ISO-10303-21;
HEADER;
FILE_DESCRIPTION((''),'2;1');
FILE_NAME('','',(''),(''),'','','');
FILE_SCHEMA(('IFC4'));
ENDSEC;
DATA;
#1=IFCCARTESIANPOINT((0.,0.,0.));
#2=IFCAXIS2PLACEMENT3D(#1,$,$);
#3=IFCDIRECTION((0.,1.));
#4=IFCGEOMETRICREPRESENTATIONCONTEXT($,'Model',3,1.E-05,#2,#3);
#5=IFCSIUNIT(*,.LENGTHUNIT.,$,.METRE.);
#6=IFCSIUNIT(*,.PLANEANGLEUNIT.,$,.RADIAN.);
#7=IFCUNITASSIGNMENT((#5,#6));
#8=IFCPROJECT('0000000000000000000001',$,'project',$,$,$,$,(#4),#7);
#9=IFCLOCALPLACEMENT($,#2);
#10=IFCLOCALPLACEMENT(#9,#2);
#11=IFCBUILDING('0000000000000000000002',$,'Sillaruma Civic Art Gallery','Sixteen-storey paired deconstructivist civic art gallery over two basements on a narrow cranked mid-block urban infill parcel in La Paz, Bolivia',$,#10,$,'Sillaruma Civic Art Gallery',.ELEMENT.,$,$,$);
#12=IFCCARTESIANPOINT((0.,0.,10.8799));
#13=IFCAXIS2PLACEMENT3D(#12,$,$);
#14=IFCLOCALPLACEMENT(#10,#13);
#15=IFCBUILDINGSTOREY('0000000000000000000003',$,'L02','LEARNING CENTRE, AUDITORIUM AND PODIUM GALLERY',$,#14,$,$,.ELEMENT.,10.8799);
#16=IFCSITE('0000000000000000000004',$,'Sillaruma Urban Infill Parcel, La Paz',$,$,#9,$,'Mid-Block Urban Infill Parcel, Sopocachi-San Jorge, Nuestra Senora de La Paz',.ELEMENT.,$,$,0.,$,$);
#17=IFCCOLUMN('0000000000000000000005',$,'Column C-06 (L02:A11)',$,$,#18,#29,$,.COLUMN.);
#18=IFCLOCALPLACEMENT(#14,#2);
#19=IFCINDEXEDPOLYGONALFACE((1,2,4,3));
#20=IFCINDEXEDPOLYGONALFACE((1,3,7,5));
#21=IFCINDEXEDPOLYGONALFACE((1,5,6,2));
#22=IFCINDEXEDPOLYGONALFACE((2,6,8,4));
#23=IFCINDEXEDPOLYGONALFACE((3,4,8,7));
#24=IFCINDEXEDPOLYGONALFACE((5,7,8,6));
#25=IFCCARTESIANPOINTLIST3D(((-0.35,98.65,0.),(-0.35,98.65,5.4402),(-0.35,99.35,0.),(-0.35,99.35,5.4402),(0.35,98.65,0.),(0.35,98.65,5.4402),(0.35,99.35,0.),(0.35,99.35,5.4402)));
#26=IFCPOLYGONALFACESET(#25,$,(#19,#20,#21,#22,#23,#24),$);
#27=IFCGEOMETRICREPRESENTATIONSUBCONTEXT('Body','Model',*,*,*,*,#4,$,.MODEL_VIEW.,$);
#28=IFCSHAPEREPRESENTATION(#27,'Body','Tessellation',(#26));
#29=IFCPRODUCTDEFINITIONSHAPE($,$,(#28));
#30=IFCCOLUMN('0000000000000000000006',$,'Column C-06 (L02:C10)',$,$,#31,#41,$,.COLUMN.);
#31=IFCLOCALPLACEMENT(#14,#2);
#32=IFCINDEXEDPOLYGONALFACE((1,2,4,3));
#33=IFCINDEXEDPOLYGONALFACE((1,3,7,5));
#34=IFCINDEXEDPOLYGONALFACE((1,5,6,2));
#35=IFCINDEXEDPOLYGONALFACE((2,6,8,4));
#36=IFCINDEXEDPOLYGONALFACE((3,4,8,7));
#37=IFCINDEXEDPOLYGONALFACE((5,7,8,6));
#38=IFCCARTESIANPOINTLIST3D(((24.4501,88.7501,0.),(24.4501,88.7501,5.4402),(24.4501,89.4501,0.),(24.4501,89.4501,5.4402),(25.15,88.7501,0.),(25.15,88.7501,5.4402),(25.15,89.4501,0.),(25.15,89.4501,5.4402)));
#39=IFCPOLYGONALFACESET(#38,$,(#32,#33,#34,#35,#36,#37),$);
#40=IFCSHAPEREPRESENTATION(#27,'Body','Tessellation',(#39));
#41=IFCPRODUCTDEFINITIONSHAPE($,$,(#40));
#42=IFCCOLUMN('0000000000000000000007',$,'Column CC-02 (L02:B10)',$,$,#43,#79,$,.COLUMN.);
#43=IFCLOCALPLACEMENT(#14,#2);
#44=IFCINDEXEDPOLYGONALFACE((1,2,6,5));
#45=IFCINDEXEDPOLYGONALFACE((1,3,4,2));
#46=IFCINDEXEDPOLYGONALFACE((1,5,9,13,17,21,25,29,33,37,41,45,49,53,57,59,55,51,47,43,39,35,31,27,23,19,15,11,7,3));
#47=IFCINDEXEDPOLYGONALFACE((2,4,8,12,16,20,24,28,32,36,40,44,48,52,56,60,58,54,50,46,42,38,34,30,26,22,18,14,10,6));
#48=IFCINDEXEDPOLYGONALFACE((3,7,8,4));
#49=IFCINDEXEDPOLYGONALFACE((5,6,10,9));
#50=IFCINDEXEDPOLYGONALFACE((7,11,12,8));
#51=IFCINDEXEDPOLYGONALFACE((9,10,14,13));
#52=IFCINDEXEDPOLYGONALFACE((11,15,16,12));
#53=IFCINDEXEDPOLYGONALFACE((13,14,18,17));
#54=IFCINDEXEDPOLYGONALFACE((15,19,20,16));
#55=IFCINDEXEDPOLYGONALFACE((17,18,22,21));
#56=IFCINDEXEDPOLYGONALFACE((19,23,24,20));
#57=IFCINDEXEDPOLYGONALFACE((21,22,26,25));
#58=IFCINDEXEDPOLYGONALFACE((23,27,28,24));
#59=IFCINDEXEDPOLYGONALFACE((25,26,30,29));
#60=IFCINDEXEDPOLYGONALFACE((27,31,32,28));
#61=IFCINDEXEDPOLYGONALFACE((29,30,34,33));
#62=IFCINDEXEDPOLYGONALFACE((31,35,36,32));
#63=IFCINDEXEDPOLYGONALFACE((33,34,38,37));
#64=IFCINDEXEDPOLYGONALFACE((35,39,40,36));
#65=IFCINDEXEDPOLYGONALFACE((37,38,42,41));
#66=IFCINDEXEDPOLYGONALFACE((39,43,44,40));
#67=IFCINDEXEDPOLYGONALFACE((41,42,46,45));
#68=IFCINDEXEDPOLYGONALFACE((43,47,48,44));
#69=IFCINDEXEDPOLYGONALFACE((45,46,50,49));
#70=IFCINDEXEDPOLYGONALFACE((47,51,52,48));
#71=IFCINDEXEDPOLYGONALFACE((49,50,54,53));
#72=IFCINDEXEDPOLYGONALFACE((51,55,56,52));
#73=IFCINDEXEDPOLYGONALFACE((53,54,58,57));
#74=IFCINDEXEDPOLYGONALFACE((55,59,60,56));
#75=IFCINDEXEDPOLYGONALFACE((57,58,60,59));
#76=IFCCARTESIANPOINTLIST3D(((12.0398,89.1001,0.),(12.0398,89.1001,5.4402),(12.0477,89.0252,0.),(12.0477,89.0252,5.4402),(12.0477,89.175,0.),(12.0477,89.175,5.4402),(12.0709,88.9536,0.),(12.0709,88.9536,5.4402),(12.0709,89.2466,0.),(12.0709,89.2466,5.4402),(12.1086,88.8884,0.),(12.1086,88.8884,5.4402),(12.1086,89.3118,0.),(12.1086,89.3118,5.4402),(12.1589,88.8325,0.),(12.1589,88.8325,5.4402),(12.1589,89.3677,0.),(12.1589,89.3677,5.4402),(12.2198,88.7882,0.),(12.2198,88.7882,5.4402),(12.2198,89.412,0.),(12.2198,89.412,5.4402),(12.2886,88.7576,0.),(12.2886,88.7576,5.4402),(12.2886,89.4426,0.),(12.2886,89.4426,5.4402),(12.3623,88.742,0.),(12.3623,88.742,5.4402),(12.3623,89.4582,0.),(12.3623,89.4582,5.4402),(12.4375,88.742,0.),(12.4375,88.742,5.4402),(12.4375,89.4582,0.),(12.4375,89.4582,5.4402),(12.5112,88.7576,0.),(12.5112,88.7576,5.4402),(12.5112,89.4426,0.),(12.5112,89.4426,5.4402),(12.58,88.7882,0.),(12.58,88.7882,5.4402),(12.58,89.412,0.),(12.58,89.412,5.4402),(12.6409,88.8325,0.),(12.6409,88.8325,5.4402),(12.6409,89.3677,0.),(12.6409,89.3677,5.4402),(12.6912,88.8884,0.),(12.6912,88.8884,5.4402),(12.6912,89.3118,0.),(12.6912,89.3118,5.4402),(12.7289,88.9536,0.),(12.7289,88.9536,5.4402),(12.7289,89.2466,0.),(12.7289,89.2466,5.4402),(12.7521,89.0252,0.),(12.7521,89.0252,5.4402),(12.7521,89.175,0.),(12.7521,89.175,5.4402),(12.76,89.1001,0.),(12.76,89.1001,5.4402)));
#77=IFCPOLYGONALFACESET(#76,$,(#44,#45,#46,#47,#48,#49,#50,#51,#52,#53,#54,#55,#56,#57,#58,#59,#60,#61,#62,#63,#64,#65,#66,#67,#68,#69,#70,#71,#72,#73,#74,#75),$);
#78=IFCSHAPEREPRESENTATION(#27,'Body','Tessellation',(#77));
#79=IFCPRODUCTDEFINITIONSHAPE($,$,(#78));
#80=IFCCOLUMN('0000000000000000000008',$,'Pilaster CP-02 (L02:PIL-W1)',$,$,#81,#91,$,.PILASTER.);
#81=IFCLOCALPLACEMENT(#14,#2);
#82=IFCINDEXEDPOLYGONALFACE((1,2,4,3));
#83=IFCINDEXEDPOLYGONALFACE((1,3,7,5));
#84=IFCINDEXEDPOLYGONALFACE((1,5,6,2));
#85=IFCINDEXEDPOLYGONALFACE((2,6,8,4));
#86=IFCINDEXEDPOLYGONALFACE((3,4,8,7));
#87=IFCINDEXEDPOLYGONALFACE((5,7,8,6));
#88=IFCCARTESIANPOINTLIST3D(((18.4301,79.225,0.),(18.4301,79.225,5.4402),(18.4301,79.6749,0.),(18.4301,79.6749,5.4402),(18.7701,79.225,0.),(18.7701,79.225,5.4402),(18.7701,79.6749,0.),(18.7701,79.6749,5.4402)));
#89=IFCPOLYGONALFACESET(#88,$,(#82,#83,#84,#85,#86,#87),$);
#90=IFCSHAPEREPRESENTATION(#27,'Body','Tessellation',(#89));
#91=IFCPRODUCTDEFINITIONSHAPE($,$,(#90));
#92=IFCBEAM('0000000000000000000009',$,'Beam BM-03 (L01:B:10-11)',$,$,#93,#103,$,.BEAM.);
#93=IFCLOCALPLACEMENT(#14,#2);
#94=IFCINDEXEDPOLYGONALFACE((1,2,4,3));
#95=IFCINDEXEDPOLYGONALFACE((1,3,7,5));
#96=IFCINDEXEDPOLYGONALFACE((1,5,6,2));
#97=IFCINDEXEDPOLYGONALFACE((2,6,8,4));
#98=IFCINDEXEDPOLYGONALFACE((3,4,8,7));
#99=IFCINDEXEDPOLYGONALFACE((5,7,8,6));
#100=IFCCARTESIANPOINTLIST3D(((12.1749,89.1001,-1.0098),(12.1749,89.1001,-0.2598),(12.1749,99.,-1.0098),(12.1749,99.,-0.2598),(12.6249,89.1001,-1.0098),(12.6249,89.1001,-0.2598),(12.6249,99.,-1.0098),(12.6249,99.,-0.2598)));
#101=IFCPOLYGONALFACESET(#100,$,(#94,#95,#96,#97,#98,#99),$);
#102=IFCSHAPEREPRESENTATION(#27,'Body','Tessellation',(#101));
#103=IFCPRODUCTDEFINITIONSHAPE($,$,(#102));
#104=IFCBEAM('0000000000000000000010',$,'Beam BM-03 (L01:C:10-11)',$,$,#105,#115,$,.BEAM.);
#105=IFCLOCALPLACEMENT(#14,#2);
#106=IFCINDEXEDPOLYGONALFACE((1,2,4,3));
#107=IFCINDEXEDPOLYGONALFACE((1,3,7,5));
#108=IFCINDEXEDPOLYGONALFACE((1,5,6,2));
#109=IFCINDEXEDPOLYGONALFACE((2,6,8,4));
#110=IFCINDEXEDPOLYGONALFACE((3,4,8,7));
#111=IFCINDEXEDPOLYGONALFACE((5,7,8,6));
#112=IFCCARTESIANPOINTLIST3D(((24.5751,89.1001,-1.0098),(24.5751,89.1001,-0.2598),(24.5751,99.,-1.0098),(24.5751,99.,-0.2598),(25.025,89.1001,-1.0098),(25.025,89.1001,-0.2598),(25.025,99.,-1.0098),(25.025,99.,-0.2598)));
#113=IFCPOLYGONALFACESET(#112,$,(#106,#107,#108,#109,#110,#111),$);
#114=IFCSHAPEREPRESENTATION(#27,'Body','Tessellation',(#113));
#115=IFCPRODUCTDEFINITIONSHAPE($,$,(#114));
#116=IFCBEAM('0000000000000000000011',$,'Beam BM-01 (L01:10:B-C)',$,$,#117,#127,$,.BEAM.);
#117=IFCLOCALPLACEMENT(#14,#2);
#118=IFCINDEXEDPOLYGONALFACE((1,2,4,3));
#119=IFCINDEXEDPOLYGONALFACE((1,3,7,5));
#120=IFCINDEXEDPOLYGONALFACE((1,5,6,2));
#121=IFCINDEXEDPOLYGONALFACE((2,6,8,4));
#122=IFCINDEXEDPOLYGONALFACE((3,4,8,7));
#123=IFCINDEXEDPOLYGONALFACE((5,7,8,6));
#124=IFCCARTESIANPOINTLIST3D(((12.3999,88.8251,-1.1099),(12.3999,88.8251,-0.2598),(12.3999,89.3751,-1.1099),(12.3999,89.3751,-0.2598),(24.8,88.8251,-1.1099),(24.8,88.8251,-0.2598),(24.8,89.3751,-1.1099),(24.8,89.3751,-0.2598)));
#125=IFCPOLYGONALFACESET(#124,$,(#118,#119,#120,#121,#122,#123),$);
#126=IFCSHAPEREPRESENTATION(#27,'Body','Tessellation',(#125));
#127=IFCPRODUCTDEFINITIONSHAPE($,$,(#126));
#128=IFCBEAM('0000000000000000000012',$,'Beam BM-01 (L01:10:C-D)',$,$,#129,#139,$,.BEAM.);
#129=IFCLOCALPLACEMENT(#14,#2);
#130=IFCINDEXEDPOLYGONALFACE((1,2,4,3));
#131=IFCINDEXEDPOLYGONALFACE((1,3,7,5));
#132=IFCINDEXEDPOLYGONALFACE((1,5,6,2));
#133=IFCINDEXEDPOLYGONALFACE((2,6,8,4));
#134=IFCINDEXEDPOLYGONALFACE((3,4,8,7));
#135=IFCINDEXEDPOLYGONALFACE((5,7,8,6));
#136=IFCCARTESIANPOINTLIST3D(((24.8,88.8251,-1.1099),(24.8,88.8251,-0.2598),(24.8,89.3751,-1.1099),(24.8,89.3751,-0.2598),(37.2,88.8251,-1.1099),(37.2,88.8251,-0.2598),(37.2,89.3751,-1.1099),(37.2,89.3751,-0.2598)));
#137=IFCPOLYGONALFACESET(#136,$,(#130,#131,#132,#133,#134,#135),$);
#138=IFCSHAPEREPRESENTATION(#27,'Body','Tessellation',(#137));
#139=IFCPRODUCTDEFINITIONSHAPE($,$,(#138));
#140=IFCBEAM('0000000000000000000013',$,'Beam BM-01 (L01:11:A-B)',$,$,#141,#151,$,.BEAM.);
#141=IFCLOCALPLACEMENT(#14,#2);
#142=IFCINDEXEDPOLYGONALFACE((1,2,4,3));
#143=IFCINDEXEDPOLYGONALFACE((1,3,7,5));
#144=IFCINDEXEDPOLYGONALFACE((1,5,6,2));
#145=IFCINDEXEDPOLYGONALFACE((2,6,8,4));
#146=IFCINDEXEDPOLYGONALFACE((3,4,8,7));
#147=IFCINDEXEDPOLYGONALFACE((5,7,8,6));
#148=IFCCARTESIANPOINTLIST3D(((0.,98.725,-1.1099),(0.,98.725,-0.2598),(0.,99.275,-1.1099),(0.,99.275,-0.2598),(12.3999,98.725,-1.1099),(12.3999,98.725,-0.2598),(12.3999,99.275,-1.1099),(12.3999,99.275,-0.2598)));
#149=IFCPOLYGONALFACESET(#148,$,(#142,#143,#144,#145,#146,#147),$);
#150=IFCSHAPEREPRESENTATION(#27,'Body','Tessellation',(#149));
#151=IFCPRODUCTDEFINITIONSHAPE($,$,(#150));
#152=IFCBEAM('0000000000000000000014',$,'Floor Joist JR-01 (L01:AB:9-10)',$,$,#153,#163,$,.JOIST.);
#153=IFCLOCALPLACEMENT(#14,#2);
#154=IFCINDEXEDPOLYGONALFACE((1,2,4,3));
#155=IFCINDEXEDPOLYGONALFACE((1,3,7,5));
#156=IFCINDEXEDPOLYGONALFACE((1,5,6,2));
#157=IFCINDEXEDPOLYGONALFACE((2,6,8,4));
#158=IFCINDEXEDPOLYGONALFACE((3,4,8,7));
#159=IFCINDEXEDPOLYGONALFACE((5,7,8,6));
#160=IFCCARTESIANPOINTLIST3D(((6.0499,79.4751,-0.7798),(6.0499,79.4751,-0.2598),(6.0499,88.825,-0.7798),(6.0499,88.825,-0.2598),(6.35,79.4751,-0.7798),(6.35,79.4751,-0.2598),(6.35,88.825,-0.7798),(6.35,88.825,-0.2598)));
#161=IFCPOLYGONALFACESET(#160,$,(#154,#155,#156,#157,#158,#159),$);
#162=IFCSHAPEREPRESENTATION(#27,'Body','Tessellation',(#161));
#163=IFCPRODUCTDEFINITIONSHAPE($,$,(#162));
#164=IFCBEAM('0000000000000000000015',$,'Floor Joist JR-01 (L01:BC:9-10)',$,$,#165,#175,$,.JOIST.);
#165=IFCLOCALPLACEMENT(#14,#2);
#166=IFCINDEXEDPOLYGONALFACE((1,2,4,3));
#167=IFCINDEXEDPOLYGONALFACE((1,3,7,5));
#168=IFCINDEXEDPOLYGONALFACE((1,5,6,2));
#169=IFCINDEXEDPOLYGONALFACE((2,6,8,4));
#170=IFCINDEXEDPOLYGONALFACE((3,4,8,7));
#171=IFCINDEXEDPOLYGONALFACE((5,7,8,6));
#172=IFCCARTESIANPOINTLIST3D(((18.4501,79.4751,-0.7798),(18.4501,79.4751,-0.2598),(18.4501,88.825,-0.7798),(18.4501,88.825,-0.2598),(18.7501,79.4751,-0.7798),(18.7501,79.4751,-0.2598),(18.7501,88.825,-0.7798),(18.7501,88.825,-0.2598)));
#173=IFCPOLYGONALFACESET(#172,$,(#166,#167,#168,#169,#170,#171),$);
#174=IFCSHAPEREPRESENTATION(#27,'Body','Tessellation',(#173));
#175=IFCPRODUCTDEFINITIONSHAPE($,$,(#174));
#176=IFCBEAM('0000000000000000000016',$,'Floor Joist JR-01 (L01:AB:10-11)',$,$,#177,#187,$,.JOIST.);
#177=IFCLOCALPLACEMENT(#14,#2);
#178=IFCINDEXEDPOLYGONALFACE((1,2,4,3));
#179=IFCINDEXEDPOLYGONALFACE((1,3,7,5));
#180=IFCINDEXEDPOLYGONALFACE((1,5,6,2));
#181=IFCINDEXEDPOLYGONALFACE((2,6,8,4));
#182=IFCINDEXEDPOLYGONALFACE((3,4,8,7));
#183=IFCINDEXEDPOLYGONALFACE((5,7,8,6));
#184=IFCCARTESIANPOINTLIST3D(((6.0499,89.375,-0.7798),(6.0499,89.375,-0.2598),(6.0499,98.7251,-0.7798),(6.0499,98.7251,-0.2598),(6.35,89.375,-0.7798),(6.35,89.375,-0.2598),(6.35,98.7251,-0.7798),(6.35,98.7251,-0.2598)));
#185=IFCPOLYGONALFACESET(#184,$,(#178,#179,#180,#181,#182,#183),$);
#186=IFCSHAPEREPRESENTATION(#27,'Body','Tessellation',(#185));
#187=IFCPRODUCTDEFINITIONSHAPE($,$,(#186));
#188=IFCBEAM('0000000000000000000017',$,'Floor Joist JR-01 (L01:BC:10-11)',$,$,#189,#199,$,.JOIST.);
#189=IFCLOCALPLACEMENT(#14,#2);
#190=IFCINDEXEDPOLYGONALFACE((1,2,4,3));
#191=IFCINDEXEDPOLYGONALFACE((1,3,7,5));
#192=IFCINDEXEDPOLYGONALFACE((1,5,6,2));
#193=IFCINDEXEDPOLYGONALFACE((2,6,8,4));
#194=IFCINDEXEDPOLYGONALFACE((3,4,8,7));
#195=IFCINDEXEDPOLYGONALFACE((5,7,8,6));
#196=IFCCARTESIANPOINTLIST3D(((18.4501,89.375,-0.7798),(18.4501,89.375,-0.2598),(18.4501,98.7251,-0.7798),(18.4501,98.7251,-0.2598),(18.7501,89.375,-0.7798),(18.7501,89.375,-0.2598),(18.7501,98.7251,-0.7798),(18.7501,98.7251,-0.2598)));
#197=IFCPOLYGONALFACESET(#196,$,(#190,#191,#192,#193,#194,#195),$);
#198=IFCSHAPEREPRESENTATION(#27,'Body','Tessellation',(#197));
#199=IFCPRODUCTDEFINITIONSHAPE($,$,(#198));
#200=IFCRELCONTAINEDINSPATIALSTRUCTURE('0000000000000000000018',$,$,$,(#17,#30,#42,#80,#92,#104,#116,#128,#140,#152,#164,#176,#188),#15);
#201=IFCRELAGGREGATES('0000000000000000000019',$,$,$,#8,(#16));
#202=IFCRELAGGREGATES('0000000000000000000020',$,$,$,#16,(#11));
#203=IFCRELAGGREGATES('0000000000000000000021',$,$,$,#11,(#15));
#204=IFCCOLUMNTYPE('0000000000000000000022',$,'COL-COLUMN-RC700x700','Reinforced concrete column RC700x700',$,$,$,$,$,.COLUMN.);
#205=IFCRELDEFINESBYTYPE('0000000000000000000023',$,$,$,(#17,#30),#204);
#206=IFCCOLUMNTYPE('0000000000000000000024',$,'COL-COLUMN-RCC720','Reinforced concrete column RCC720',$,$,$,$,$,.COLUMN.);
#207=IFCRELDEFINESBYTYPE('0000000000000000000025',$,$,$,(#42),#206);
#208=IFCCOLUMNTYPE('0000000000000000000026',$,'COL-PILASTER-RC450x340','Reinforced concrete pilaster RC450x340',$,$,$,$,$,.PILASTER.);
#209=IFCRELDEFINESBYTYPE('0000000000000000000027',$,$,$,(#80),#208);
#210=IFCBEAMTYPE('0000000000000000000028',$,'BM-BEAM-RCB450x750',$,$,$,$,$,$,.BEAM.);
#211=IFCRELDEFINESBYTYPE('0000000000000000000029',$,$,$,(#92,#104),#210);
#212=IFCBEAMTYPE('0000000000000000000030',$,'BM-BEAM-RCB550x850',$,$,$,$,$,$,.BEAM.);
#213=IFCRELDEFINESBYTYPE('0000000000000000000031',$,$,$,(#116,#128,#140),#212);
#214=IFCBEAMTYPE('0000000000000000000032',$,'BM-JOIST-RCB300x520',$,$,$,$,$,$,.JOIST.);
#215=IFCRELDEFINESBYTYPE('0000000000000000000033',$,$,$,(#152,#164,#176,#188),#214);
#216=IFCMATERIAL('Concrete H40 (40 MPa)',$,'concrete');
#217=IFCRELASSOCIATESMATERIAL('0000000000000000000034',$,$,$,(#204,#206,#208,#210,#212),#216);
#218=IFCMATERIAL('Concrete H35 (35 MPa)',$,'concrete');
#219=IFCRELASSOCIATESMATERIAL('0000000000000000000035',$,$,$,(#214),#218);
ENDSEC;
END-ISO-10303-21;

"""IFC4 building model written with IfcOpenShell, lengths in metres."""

from ifc_helpers import new_model, si_unit, direction, frame, origin, origin_2d, place, context, subcontext, project, spatial, rectangle, circle, extrude, material, material_profile, profile_set, type_object, element, save


model = new_model("IFC4")

# Units and contexts
model_context = context("Model", 3, precision=1e-05, world=origin(), true_north=direction((0.0, 1.0)))
body_context = subcontext(model_context, "Body", "Model", "MODEL_VIEW")
ifc_project = project(units=[si_unit("LENGTHUNIT", "METRE"), si_unit("PLANEANGLEUNIT", "RADIAN")], contexts=[model_context])

# Site, building, storey
site_placement = place(None, origin())
site = spatial("IfcSite", under=ifc_project, at=site_placement, Name="Sillaruma Urban Infill Parcel, La Paz", LongName="Mid-Block Urban Infill Parcel, Sopocachi-San Jorge, Nuestra Senora de La Paz", CompositionType="ELEMENT", RefElevation=0.0)
building_placement = place(site_placement, origin())
building = spatial("IfcBuilding", under=site, at=building_placement, Name="Sillaruma Civic Art Gallery", Description="Sixteen-storey paired deconstructivist civic art gallery over two basements on a narrow cranked mid-block urban infill parcel in La Paz, Bolivia", LongName="Sillaruma Civic Art Gallery", CompositionType="ELEMENT")
storey_placement = place(building_placement, frame((0.0, 0.0, 10.8799)))
storey = spatial("IfcBuildingStorey", under=building, at=storey_placement, Name="L02", Description="LEARNING CENTRE, AUDITORIUM AND PODIUM GALLERY", CompositionType="ELEMENT", Elevation=10.8799)

# Columns
ifc_material_1 = material(Name="Concrete H40 (40 MPa)", Category="concrete")
ifc_material_profile_1 = material_profile(ifc_material_1, rectangle(XDim=0.7, YDim=0.7, at=origin_2d()), Name="RC700x700")
ifc_profile_set_1 = profile_set([ifc_material_profile_1], Name="Concrete H40 (40 MPa)")
column_type_1 = type_object("IfcColumnType", Name="COL-COLUMN-RC700x700", Description="Reinforced concrete column RC700x700", PredefinedType="COLUMN", material=ifc_profile_set_1)
for number, where, z_axis, x_axis, name in (
    (1, (0.0, 99.0, 0.0), (0.0, 0.0, 1.0), (1.0, 0.0, 0.0), "Column C-06 (L02:A11)"),
    (2, (24.8, 89.1001, 0.0), (0.0, 0.0, 1.0), (1.0, 0.0, 0.0), "Column C-06 (L02:C10)"),
):
    element("IfcColumn", number, at=place(storey_placement, frame(where, z_axis=z_axis, x_axis=x_axis)), inside=storey, type_object=column_type_1, Name=name, PredefinedType="COLUMN", context=body_context, shape_type="SweptSolid", body=[
        extrude(rectangle(XDim=0.7, YDim=0.7, at=origin_2d()), origin(), (0.0, 0.0, 1.0), 5.4402),
    ])
ifc_material_profile_2 = material_profile(ifc_material_1, circle(Radius=0.3601, at=origin_2d()), Name="RCC720")
ifc_profile_set_2 = profile_set([ifc_material_profile_2], Name="Concrete H40 (40 MPa)")
column_type_2 = type_object("IfcColumnType", Name="COL-COLUMN-RCC720", Description="Reinforced concrete column RCC720", PredefinedType="COLUMN", material=ifc_profile_set_2)
column_1_placement = place(storey_placement, frame((12.3999, 89.1001, 0.0), z_axis=(0.0, 0.0, 1.0), x_axis=(1.0, 0.0, 0.0)))
element("IfcColumn", 3, at=column_1_placement, inside=storey, type_object=column_type_2, Name="Column CC-02 (L02:B10)", PredefinedType="COLUMN", context=body_context, shape_type="SweptSolid", body=[
    extrude(circle(Radius=0.3601, at=origin_2d()), origin(), (0.0, 0.0, 1.0), 5.4402),
])
ifc_material_profile_3 = material_profile(ifc_material_1, rectangle(XDim=0.3401, YDim=0.45, at=origin_2d()), Name="RC450x340")
ifc_profile_set_3 = profile_set([ifc_material_profile_3], Name="Concrete H40 (40 MPa)")
column_type_3 = type_object("IfcColumnType", Name="COL-PILASTER-RC450x340", Description="Reinforced concrete pilaster RC450x340", PredefinedType="PILASTER", material=ifc_profile_set_3)
column_2_placement = place(storey_placement, frame((18.6001, 79.45, 0.0), z_axis=(0.0, 0.0, 1.0), x_axis=(1.0, 0.0, 0.0)))
element("IfcColumn", 4, at=column_2_placement, inside=storey, type_object=column_type_3, Name="Pilaster CP-02 (L02:PIL-W1)", PredefinedType="PILASTER", context=body_context, shape_type="SweptSolid", body=[
    extrude(rectangle(XDim=0.3401, YDim=0.45, at=origin_2d()), origin(), (0.0, 0.0, 1.0), 5.4402),
])

# Beams
ifc_material_profile_4 = material_profile(ifc_material_1, rectangle(XDim=0.45, YDim=0.75, at=origin_2d()), Name="RCB450x750")
ifc_profile_set_4 = profile_set([ifc_material_profile_4], Name="Concrete H40 (40 MPa)")
beam_type_1 = type_object("IfcBeamType", Name="BM-BEAM-RCB450x750", PredefinedType="BEAM", material=ifc_profile_set_4)
for number, where, z_axis, x_axis, name in (
    (5, (12.3999, 89.1001, -0.6348), (0.0, 1.0, 0.0), (-1.0, 0.0, 0.0), "Beam BM-03 (L01:B:10-11)"),
    (6, (24.8, 89.1001, -0.6348), (0.0, 1.0, 0.0), (-1.0, 0.0, 0.0), "Beam BM-03 (L01:C:10-11)"),
):
    element("IfcBeam", number, at=place(storey_placement, frame(where, z_axis=z_axis, x_axis=x_axis)), inside=storey, type_object=beam_type_1, Name=name, PredefinedType="BEAM", context=body_context, shape_type="SweptSolid", body=[
        extrude(rectangle(XDim=0.45, YDim=0.75, at=origin_2d()), origin(), (0.0, 0.0, 1.0), 9.8999),
    ])
ifc_material_profile_5 = material_profile(ifc_material_1, rectangle(XDim=0.55, YDim=0.8501, at=origin_2d()), Name="RCB550x850")
ifc_profile_set_5 = profile_set([ifc_material_profile_5], Name="Concrete H40 (40 MPa)")
beam_type_2 = type_object("IfcBeamType", Name="BM-BEAM-RCB550x850", PredefinedType="BEAM", material=ifc_profile_set_5)
beam_1_placement = place(storey_placement, frame((12.3999, 89.1001, -0.6848), z_axis=(1.0, 0.0, 0.0), x_axis=(0.0, 1.0, 0.0)))
element("IfcBeam", 7, at=beam_1_placement, inside=storey, type_object=beam_type_2, Name="Beam BM-01 (L01:10:B-C)", PredefinedType="BEAM", context=body_context, shape_type="SweptSolid", body=[
    extrude(rectangle(XDim=0.55, YDim=0.8501, at=origin_2d()), origin(), (0.0, 0.0, 1.0), 12.4001),
])
for number, where, z_axis, x_axis, name in (
    (8, (24.8, 89.1001, -0.6848), (1.0, 0.0, 0.0), (0.0, 1.0, 0.0), "Beam BM-01 (L01:10:C-D)"),
    (9, (0.0, 99.0, -0.6848), (1.0, 0.0, 0.0), (0.0, 1.0, 0.0), "Beam BM-01 (L01:11:A-B)"),
):
    element("IfcBeam", number, at=place(storey_placement, frame(where, z_axis=z_axis, x_axis=x_axis)), inside=storey, type_object=beam_type_2, Name=name, PredefinedType="BEAM", context=body_context, shape_type="SweptSolid", body=[
        extrude(rectangle(XDim=0.55, YDim=0.8501, at=origin_2d()), origin(), (0.0, 0.0, 1.0), 12.3999),
    ])
ifc_material_2 = material(Name="Concrete H35 (35 MPa)", Category="concrete")
ifc_material_profile_6 = material_profile(ifc_material_2, rectangle(XDim=0.3, YDim=0.52, at=origin_2d()), Name="RCB300x520")
ifc_profile_set_6 = profile_set([ifc_material_profile_6], Name="Concrete H35 (35 MPa)")
beam_type_3 = type_object("IfcBeamType", Name="BM-JOIST-RCB300x520", PredefinedType="JOIST", material=ifc_profile_set_6)
for number, where, z_axis, x_axis, name in (
    (10, (6.2, 79.4751, -0.5198), (0.0, 1.0, 0.0), (-1.0, 0.0, 0.0), "Floor Joist JR-01 (L01:AB:9-10)"),
    (11, (18.6001, 79.4751, -0.5198), (0.0, 1.0, 0.0), (-1.0, 0.0, 0.0), "Floor Joist JR-01 (L01:BC:9-10)"),
):
    element("IfcBeam", number, at=place(storey_placement, frame(where, z_axis=z_axis, x_axis=x_axis)), inside=storey, type_object=beam_type_3, Name=name, PredefinedType="JOIST", context=body_context, shape_type="SweptSolid", body=[
        extrude(rectangle(XDim=0.3, YDim=0.52, at=origin_2d()), origin(), (0.0, 0.0, 1.0), 9.3499),
    ])
for number, where, z_axis, x_axis, name in (
    (12, (6.2, 89.375, -0.5198), (0.0, 1.0, 0.0), (-1.0, 0.0, 0.0), "Floor Joist JR-01 (L01:AB:10-11)"),
    (13, (18.6001, 89.375, -0.5198), (0.0, 1.0, 0.0), (-1.0, 0.0, 0.0), "Floor Joist JR-01 (L01:BC:10-11)"),
):
    element("IfcBeam", number, at=place(storey_placement, frame(where, z_axis=z_axis, x_axis=x_axis)), inside=storey, type_object=beam_type_3, Name=name, PredefinedType="JOIST", context=body_context, shape_type="SweptSolid", body=[
        extrude(rectangle(XDim=0.3, YDim=0.52, at=origin_2d()), origin(), (0.0, 0.0, 1.0), 9.3501),
    ])

save(model, "model.ifc")
